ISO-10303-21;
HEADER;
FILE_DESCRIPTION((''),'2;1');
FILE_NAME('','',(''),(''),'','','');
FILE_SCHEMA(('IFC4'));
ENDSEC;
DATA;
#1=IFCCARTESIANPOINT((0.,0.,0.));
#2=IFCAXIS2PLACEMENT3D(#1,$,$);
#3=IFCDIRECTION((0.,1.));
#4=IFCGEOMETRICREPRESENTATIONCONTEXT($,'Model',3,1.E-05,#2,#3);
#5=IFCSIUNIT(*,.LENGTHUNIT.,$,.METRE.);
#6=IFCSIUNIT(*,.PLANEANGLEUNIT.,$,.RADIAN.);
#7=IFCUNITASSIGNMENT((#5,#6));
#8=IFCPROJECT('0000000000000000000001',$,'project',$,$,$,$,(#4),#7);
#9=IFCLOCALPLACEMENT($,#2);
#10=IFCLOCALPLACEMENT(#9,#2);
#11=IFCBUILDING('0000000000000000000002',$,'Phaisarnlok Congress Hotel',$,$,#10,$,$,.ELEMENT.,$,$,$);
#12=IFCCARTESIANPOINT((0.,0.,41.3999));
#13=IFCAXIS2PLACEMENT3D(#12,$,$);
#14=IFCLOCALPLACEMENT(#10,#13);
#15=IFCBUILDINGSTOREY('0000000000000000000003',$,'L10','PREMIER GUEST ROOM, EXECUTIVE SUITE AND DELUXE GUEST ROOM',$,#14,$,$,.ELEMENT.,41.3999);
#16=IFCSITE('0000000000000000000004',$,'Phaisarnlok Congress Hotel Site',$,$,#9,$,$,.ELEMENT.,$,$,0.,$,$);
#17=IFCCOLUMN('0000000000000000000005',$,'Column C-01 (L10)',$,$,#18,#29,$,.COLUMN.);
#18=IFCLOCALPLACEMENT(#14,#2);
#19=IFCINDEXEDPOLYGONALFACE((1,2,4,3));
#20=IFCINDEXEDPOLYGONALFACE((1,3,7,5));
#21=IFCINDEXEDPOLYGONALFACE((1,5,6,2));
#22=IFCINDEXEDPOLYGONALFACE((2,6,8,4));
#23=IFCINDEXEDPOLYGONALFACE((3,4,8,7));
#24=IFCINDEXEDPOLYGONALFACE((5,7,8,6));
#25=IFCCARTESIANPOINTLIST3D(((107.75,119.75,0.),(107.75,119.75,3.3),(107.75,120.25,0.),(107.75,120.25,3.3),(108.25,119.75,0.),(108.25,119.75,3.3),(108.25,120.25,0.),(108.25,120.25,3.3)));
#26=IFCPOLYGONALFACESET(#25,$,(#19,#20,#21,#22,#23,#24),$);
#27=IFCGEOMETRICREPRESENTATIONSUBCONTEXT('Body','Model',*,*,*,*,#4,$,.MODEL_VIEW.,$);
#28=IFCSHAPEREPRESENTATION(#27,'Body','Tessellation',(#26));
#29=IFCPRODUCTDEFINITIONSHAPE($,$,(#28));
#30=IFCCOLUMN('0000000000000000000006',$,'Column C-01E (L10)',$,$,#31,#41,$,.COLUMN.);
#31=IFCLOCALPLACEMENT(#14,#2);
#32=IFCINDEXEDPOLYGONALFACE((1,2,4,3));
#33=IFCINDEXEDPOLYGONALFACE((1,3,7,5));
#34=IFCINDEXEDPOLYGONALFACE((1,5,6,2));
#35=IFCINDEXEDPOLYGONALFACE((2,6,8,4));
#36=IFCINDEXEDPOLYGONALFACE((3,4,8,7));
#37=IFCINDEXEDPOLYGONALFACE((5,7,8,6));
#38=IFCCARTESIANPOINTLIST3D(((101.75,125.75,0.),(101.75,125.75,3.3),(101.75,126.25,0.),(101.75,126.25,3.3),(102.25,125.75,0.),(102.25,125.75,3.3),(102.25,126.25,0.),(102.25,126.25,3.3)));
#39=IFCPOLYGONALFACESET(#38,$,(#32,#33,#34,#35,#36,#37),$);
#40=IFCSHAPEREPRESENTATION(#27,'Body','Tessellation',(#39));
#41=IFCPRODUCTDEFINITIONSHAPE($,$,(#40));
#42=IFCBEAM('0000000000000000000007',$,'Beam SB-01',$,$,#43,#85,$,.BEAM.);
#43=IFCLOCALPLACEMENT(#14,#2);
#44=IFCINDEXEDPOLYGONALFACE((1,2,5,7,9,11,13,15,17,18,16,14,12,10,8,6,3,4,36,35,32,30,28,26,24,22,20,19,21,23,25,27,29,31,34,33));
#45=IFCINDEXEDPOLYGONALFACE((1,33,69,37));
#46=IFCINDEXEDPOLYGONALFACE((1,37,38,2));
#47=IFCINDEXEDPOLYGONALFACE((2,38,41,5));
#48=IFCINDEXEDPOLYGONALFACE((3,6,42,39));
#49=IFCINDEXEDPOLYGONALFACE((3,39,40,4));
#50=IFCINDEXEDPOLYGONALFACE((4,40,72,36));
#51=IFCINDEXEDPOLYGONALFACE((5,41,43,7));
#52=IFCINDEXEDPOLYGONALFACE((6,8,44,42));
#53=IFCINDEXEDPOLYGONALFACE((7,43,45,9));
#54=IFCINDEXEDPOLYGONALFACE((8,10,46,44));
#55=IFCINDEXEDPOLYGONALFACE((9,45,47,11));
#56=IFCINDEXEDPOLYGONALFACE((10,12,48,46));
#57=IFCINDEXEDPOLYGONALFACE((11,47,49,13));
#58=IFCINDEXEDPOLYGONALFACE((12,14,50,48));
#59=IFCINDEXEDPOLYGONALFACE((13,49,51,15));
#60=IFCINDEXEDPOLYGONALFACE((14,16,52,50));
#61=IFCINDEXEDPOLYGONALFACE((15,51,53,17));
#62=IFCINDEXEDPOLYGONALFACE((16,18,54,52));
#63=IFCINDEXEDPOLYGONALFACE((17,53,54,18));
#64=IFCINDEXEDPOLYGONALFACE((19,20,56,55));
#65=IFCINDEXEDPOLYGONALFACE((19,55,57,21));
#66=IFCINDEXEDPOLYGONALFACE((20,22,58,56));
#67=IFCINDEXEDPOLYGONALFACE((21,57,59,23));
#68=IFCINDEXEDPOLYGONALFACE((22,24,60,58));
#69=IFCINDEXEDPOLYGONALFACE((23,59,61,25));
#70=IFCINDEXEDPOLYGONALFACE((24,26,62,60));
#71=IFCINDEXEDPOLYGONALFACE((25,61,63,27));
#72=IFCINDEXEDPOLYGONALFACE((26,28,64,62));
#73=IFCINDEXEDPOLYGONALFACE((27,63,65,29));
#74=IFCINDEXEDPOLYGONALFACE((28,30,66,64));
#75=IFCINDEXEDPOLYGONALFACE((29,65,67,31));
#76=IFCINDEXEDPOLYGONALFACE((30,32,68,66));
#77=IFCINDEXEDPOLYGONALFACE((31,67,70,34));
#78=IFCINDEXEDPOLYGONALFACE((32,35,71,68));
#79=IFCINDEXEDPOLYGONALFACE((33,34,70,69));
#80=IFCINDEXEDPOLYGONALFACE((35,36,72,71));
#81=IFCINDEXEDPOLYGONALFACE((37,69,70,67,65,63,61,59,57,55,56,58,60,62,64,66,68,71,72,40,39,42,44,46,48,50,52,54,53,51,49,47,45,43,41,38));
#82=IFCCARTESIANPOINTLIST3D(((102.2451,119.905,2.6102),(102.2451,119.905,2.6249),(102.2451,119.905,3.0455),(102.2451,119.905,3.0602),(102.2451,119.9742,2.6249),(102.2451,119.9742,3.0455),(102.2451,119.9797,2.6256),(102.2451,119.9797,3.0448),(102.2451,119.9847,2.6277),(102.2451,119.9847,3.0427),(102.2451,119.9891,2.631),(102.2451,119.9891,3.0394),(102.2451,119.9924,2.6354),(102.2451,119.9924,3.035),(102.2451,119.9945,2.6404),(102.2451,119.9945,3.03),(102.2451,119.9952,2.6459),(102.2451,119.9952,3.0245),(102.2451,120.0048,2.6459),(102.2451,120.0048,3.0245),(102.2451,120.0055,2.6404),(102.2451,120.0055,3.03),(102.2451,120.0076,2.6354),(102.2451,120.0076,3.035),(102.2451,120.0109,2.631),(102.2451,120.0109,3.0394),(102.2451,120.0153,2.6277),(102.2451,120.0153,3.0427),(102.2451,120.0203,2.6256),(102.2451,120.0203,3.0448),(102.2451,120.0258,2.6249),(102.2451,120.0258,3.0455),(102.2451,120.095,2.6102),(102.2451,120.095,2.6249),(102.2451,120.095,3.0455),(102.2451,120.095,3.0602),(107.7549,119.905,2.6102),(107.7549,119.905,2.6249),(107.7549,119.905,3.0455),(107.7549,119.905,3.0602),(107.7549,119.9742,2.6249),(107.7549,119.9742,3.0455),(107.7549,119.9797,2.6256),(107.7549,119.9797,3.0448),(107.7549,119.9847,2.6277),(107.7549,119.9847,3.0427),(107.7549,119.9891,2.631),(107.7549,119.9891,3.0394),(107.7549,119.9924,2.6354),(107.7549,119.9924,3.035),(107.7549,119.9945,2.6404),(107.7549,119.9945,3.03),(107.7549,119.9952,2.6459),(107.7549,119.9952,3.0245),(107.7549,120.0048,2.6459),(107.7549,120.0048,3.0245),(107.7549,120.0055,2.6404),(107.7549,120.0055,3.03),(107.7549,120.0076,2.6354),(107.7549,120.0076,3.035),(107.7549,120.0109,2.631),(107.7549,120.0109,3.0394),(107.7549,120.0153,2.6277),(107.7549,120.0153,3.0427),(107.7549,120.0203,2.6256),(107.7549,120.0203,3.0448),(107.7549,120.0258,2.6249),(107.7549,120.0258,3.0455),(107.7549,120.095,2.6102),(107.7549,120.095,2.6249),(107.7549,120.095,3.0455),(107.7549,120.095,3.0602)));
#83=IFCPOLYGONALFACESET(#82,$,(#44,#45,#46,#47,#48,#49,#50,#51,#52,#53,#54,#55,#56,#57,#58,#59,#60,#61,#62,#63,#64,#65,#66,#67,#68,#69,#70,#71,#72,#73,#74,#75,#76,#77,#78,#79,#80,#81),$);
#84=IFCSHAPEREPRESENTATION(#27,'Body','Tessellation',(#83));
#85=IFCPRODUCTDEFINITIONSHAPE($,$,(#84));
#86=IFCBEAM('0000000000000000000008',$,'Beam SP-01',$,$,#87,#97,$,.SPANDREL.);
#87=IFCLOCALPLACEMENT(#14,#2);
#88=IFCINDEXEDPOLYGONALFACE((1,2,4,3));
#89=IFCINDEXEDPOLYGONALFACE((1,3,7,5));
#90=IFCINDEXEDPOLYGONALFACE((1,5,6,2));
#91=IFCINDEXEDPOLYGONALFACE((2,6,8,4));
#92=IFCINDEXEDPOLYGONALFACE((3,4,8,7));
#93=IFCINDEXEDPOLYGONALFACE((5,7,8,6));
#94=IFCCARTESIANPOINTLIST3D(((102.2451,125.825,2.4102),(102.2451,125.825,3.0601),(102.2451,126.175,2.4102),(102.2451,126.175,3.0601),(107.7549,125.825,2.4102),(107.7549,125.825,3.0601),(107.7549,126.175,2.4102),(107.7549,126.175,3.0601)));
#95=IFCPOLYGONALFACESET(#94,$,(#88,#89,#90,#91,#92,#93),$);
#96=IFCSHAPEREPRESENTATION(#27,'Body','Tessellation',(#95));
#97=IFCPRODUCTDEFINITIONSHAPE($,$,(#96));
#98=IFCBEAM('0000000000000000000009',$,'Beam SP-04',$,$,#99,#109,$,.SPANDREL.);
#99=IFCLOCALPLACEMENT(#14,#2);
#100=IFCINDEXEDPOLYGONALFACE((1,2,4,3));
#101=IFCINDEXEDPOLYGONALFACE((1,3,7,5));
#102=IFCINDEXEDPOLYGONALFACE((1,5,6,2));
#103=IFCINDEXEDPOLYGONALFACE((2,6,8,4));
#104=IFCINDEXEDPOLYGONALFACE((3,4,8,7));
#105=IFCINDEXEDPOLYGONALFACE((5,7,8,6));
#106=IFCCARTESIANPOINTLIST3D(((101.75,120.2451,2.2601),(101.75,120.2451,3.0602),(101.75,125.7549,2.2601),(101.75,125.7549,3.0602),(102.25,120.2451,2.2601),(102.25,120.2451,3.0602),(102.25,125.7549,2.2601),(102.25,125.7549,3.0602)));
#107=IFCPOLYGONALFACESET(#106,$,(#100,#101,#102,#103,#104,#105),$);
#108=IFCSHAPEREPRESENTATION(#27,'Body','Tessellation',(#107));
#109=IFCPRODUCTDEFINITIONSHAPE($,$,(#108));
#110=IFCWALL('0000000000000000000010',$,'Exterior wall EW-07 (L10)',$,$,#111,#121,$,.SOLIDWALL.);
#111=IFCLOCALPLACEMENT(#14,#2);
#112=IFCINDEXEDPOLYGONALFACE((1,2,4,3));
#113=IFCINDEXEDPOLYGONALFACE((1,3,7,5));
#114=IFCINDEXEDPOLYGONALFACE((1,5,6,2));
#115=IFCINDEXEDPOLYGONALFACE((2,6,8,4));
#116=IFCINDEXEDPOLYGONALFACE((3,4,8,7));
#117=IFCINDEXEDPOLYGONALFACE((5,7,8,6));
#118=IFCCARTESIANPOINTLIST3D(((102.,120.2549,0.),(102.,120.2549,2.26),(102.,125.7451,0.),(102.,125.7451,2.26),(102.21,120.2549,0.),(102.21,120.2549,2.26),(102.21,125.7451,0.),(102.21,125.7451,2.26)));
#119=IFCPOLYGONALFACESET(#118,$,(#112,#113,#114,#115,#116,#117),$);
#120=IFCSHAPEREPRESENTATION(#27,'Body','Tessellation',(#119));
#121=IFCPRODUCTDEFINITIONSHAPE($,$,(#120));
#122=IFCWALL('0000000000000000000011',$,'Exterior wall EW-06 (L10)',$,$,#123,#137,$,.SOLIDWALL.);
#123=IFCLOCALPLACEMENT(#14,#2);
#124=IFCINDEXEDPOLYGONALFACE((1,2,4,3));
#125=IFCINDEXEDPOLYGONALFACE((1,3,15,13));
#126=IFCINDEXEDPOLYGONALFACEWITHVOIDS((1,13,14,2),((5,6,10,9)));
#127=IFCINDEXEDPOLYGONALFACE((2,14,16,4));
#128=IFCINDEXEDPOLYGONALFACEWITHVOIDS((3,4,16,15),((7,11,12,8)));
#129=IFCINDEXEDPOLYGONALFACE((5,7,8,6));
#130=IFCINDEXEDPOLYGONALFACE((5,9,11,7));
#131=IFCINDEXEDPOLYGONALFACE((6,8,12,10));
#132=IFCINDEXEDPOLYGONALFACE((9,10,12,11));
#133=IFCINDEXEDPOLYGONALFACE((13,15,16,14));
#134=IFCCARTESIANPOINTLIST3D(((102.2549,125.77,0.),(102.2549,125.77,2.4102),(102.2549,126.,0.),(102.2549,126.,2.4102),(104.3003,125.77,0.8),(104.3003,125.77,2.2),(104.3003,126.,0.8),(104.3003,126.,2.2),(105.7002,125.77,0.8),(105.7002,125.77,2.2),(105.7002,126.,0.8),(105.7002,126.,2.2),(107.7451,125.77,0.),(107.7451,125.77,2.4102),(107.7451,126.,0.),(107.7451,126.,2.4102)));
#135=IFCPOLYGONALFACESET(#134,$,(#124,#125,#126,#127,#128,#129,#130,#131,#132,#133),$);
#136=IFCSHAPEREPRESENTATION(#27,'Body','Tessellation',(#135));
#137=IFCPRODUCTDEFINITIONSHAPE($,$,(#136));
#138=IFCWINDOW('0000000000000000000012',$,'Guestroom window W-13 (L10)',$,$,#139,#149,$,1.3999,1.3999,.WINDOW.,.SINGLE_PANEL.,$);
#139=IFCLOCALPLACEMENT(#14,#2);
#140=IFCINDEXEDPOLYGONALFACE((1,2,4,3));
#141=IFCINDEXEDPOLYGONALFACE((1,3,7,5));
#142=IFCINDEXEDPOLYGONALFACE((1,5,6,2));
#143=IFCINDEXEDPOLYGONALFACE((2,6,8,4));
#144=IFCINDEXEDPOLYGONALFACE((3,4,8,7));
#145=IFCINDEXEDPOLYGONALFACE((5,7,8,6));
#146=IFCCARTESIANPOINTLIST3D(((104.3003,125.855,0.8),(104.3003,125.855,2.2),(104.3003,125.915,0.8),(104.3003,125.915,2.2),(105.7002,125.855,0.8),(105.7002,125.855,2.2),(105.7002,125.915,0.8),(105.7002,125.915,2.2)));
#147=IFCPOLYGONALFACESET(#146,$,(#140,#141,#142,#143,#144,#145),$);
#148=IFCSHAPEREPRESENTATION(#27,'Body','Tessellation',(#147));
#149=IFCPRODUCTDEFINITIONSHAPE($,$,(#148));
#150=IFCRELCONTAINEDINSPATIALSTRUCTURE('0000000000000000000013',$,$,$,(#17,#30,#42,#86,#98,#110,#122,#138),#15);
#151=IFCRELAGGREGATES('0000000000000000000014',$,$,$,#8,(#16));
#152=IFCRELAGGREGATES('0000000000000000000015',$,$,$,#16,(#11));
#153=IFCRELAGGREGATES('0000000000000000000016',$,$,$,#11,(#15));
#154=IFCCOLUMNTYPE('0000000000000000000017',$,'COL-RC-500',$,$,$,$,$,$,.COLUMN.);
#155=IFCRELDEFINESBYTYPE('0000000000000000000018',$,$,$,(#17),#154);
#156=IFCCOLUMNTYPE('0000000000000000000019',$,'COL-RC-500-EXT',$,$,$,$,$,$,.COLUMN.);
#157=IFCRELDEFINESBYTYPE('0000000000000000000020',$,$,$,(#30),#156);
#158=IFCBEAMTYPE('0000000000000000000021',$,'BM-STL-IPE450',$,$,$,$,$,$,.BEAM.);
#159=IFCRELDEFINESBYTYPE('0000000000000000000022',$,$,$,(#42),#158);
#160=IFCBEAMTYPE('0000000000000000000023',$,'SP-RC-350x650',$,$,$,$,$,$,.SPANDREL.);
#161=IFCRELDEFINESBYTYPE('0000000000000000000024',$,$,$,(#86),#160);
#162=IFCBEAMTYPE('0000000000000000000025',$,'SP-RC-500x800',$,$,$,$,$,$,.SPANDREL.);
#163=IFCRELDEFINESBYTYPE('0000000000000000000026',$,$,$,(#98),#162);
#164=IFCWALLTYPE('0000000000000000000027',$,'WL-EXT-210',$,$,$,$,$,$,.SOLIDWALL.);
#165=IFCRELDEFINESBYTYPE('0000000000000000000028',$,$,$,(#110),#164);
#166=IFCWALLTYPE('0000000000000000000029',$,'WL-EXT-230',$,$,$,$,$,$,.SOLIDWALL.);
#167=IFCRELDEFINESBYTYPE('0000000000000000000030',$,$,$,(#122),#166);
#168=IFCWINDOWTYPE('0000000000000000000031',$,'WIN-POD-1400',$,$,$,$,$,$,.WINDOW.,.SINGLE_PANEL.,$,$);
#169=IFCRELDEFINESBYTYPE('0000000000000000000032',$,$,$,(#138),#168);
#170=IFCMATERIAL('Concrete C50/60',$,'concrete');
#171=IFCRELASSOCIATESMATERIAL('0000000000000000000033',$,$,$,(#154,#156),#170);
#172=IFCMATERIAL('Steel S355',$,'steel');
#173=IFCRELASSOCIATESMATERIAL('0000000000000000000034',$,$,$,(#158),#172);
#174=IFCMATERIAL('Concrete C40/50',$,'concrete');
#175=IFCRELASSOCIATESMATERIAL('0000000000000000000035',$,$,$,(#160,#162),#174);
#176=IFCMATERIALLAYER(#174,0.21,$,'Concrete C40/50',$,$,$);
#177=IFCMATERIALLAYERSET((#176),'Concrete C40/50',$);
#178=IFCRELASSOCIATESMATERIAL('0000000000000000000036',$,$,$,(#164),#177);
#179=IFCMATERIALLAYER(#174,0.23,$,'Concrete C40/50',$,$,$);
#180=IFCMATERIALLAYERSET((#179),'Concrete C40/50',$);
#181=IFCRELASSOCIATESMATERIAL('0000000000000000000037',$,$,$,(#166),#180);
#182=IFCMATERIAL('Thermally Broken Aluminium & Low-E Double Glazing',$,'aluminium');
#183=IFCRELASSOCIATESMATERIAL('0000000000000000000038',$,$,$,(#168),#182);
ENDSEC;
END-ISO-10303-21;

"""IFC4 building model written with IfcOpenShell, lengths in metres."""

from ifc_helpers import new_model, si_unit, direction, frame, frame_2d, origin, origin_2d, place, context, subcontext, project, spatial, rectangle, i_section, extrude, material, layer, layer_set, material_profile, profile_set, type_object, element, fill, save


model = new_model("IFC4")

# Units and contexts
model_context = context("Model", 3, precision=1e-05, world=origin(), true_north=direction((0.0, 1.0)))
body_context = subcontext(model_context, "Body", "Model", "MODEL_VIEW")
ifc_project = project(units=[si_unit("LENGTHUNIT", "METRE"), si_unit("PLANEANGLEUNIT", "RADIAN")], contexts=[model_context])

# Site, building, storey
site_placement = place(None, origin())
site = spatial("IfcSite", under=ifc_project, at=site_placement, Name="Phaisarnlok Congress Hotel Site", CompositionType="ELEMENT", RefElevation=0.0)
building_placement = place(site_placement, origin())
building = spatial("IfcBuilding", under=site, at=building_placement, Name="Phaisarnlok Congress Hotel", CompositionType="ELEMENT")
storey_placement = place(building_placement, frame((0.0, 0.0, 41.3999)))
storey = spatial("IfcBuildingStorey", under=building, at=storey_placement, Name="L10", Description="PREMIER GUEST ROOM, EXECUTIVE SUITE AND DELUXE GUEST ROOM", CompositionType="ELEMENT", Elevation=41.3999)

# Columns
ifc_material_1 = material(Name="Concrete C50/60", Category="concrete")
ifc_material_profile_1 = material_profile(ifc_material_1, rectangle(XDim=0.5, YDim=0.5, at=origin_2d()), Name="RC 500x500")
ifc_profile_set_1 = profile_set([ifc_material_profile_1], Name="Concrete C50/60")
column_type_1 = type_object("IfcColumnType", Name="COL-RC-500", PredefinedType="COLUMN", material=ifc_profile_set_1)
column_1_placement = place(storey_placement, frame((108.0, 120.0, 0.0), z_axis=(0.0, 0.0, 1.0), x_axis=(1.0, 0.0, 0.0)))
element("IfcColumn", 1, at=column_1_placement, inside=storey, type_object=column_type_1, Name="Column C-01 (L10)", PredefinedType="COLUMN", context=body_context, shape_type="SweptSolid", body=[
    extrude(rectangle(XDim=0.5, YDim=0.5, at=origin_2d()), origin(), (0.0, 0.0, 1.0), 3.3),
])
ifc_material_profile_2 = material_profile(ifc_material_1, rectangle(XDim=0.5, YDim=0.5, at=origin_2d()), Name="RC 500x500")
ifc_profile_set_2 = profile_set([ifc_material_profile_2], Name="Concrete C50/60")
column_type_2 = type_object("IfcColumnType", Name="COL-RC-500-EXT", PredefinedType="COLUMN", material=ifc_profile_set_2)
column_2_placement = place(storey_placement, frame((102.0, 126.0, 0.0), z_axis=(0.0, 0.0, 1.0), x_axis=(1.0, 0.0, 0.0)))
element("IfcColumn", 2, at=column_2_placement, inside=storey, type_object=column_type_2, Name="Column C-01E (L10)", PredefinedType="COLUMN", context=body_context, shape_type="SweptSolid", body=[
    extrude(rectangle(XDim=0.5, YDim=0.5, at=origin_2d()), origin(), (0.0, 0.0, 1.0), 3.3),
])

# Beams
ifc_material_2 = material(Name="Steel S355", Category="steel")
ifc_material_profile_3 = material_profile(ifc_material_2, i_section(OverallWidth=0.1899, OverallDepth=0.45, WebThickness=0.0095, FlangeThickness=0.0146, FilletRadius=0.021, at=origin_2d()), Name="IPE 450")
ifc_profile_set_3 = profile_set([ifc_material_profile_3], Name="Steel S355")
beam_type_1 = type_object("IfcBeamType", Name="BM-STL-IPE450", PredefinedType="BEAM", material=ifc_profile_set_3)
beam_1_placement = place(storey_placement, frame((102.2451, 120.0, 2.8352), z_axis=(1.0, 0.0, 0.0), x_axis=(0.0, 1.0, 0.0)))
element("IfcBeam", 3, at=beam_1_placement, inside=storey, type_object=beam_type_1, Name="Beam SB-01", PredefinedType="BEAM", context=body_context, shape_type="SweptSolid", body=[
    extrude(i_section(OverallWidth=0.1899, OverallDepth=0.45, WebThickness=0.0095, FlangeThickness=0.0146, FilletRadius=0.021, at=origin_2d()), origin(), (0.0, 0.0, 1.0), 5.5098),
])
ifc_material_3 = material(Name="Concrete C40/50", Category="concrete")
ifc_material_profile_4 = material_profile(ifc_material_3, rectangle(XDim=0.3501, YDim=0.6499, at=origin_2d()), Name="RC 350x650")
ifc_profile_set_4 = profile_set([ifc_material_profile_4], Name="Concrete C40/50")
beam_type_2 = type_object("IfcBeamType", Name="SP-RC-350x650", PredefinedType="SPANDREL", material=ifc_profile_set_4)
beam_2_placement = place(storey_placement, frame((102.2451, 126.0, 2.7351), z_axis=(1.0, 0.0, 0.0), x_axis=(0.0, 1.0, 0.0)))
element("IfcBeam", 4, at=beam_2_placement, inside=storey, type_object=beam_type_2, Name="Beam SP-01", PredefinedType="SPANDREL", context=body_context, shape_type="SweptSolid", body=[
    extrude(rectangle(XDim=0.3501, YDim=0.6499, at=origin_2d()), origin(), (0.0, 0.0, 1.0), 5.5098),
])
ifc_material_profile_5 = material_profile(ifc_material_3, rectangle(XDim=0.5, YDim=0.8, at=origin_2d()), Name="RC 500x800")
ifc_profile_set_5 = profile_set([ifc_material_profile_5], Name="Concrete C40/50")
beam_type_3 = type_object("IfcBeamType", Name="SP-RC-500x800", PredefinedType="SPANDREL", material=ifc_profile_set_5)
beam_3_placement = place(storey_placement, frame((102.0, 120.2451, 2.6602), z_axis=(0.0, 1.0, 0.0), x_axis=(-1.0, 0.0, 0.0)))
element("IfcBeam", 5, at=beam_3_placement, inside=storey, type_object=beam_type_3, Name="Beam SP-04", PredefinedType="SPANDREL", context=body_context, shape_type="SweptSolid", body=[
    extrude(rectangle(XDim=0.5, YDim=0.8, at=origin_2d()), origin(), (0.0, 0.0, 1.0), 5.5098),
])

# Wall
ifc_layer_1 = layer(ifc_material_3, 0.21, Name="Concrete C40/50")
ifc_layer_set_1 = layer_set([ifc_layer_1], Name="Concrete C40/50")
wall_type_1 = type_object("IfcWallType", Name="WL-EXT-210", PredefinedType="SOLIDWALL", material=ifc_layer_set_1)
wall_1_placement = place(storey_placement, frame((102.105, 125.7451, 0.0), z_axis=(0.0, 0.0, 1.0), x_axis=(0.0, -1.0, 0.0)))
element("IfcWall", 6, at=wall_1_placement, inside=storey, type_object=wall_type_1, Name="Exterior wall EW-07 (L10)", PredefinedType="SOLIDWALL", context=body_context, shape_type="SweptSolid", body=[
    extrude(rectangle(XDim=5.4902, YDim=0.21, at=frame_2d((2.7451, 0.0))), origin(), (0.0, 0.0, 1.0), 2.26),
])

# Wall, opening, window
ifc_layer_2 = layer(ifc_material_3, 0.23, Name="Concrete C40/50")
ifc_layer_set_2 = layer_set([ifc_layer_2], Name="Concrete C40/50")
wall_type_2 = type_object("IfcWallType", Name="WL-EXT-230", PredefinedType="SOLIDWALL", material=ifc_layer_set_2)
wall_2_placement = place(storey_placement, frame((107.7451, 125.885, 0.0), z_axis=(0.0, 0.0, 1.0), x_axis=(-1.0, 0.0, 0.0)))
wall_2 = element("IfcWall", 7, at=wall_2_placement, inside=storey, type_object=wall_type_2, Name="Exterior wall EW-06 (L10)", PredefinedType="SOLIDWALL", context=body_context, shape_type="SweptSolid", body=[
    extrude(rectangle(XDim=5.4902, YDim=0.23, at=frame_2d((2.7451, 0.0))), origin(), (0.0, 0.0, 1.0), 2.4102),
])
opening_1_placement = place(wall_2_placement, frame((2.0449, 0.0, 0.8)))
opening_1 = element("IfcOpeningElement", 8, at=opening_1_placement, cuts=wall_2, PredefinedType="OPENING", context=body_context, shape_type="SweptSolid", body=[
    extrude(rectangle(XDim=1.3999, YDim=1.3999, at=frame_2d((0.7, 0.7))), frame((0.0, 0.125, 0.0), z_axis=(0.0, -1.0, 0.0), x_axis=(1.0, 0.0, 0.0)), (0.0, 0.0, 1.0), 0.25),
])
ifc_material_4 = material(Name="Thermally Broken Aluminium & Low-E Double Glazing", Category="aluminium")
window_type = type_object("IfcWindowType", Name="WIN-POD-1400", PartitioningType="SINGLE_PANEL", PredefinedType="WINDOW", material=ifc_material_4)
window_placement = place(opening_1_placement, origin())
window = element("IfcWindow", 9, at=window_placement, inside=storey, type_object=window_type, Name="Guestroom window W-13 (L10)", OverallHeight=1.3999, OverallWidth=1.3999, PartitioningType="SINGLE_PANEL", PredefinedType="WINDOW", context=body_context, shape_type="SweptSolid", body=[
    extrude(rectangle(XDim=1.3999, YDim=1.3999, at=frame_2d((0.7, 0.7))), frame((0.0, 0.03, 0.0), z_axis=(0.0, -1.0, 0.0), x_axis=(1.0, 0.0, 0.0)), (0.0, 0.0, 1.0), 0.0601),
])
fill(opening_1, window)

save(model, "model.ifc")
